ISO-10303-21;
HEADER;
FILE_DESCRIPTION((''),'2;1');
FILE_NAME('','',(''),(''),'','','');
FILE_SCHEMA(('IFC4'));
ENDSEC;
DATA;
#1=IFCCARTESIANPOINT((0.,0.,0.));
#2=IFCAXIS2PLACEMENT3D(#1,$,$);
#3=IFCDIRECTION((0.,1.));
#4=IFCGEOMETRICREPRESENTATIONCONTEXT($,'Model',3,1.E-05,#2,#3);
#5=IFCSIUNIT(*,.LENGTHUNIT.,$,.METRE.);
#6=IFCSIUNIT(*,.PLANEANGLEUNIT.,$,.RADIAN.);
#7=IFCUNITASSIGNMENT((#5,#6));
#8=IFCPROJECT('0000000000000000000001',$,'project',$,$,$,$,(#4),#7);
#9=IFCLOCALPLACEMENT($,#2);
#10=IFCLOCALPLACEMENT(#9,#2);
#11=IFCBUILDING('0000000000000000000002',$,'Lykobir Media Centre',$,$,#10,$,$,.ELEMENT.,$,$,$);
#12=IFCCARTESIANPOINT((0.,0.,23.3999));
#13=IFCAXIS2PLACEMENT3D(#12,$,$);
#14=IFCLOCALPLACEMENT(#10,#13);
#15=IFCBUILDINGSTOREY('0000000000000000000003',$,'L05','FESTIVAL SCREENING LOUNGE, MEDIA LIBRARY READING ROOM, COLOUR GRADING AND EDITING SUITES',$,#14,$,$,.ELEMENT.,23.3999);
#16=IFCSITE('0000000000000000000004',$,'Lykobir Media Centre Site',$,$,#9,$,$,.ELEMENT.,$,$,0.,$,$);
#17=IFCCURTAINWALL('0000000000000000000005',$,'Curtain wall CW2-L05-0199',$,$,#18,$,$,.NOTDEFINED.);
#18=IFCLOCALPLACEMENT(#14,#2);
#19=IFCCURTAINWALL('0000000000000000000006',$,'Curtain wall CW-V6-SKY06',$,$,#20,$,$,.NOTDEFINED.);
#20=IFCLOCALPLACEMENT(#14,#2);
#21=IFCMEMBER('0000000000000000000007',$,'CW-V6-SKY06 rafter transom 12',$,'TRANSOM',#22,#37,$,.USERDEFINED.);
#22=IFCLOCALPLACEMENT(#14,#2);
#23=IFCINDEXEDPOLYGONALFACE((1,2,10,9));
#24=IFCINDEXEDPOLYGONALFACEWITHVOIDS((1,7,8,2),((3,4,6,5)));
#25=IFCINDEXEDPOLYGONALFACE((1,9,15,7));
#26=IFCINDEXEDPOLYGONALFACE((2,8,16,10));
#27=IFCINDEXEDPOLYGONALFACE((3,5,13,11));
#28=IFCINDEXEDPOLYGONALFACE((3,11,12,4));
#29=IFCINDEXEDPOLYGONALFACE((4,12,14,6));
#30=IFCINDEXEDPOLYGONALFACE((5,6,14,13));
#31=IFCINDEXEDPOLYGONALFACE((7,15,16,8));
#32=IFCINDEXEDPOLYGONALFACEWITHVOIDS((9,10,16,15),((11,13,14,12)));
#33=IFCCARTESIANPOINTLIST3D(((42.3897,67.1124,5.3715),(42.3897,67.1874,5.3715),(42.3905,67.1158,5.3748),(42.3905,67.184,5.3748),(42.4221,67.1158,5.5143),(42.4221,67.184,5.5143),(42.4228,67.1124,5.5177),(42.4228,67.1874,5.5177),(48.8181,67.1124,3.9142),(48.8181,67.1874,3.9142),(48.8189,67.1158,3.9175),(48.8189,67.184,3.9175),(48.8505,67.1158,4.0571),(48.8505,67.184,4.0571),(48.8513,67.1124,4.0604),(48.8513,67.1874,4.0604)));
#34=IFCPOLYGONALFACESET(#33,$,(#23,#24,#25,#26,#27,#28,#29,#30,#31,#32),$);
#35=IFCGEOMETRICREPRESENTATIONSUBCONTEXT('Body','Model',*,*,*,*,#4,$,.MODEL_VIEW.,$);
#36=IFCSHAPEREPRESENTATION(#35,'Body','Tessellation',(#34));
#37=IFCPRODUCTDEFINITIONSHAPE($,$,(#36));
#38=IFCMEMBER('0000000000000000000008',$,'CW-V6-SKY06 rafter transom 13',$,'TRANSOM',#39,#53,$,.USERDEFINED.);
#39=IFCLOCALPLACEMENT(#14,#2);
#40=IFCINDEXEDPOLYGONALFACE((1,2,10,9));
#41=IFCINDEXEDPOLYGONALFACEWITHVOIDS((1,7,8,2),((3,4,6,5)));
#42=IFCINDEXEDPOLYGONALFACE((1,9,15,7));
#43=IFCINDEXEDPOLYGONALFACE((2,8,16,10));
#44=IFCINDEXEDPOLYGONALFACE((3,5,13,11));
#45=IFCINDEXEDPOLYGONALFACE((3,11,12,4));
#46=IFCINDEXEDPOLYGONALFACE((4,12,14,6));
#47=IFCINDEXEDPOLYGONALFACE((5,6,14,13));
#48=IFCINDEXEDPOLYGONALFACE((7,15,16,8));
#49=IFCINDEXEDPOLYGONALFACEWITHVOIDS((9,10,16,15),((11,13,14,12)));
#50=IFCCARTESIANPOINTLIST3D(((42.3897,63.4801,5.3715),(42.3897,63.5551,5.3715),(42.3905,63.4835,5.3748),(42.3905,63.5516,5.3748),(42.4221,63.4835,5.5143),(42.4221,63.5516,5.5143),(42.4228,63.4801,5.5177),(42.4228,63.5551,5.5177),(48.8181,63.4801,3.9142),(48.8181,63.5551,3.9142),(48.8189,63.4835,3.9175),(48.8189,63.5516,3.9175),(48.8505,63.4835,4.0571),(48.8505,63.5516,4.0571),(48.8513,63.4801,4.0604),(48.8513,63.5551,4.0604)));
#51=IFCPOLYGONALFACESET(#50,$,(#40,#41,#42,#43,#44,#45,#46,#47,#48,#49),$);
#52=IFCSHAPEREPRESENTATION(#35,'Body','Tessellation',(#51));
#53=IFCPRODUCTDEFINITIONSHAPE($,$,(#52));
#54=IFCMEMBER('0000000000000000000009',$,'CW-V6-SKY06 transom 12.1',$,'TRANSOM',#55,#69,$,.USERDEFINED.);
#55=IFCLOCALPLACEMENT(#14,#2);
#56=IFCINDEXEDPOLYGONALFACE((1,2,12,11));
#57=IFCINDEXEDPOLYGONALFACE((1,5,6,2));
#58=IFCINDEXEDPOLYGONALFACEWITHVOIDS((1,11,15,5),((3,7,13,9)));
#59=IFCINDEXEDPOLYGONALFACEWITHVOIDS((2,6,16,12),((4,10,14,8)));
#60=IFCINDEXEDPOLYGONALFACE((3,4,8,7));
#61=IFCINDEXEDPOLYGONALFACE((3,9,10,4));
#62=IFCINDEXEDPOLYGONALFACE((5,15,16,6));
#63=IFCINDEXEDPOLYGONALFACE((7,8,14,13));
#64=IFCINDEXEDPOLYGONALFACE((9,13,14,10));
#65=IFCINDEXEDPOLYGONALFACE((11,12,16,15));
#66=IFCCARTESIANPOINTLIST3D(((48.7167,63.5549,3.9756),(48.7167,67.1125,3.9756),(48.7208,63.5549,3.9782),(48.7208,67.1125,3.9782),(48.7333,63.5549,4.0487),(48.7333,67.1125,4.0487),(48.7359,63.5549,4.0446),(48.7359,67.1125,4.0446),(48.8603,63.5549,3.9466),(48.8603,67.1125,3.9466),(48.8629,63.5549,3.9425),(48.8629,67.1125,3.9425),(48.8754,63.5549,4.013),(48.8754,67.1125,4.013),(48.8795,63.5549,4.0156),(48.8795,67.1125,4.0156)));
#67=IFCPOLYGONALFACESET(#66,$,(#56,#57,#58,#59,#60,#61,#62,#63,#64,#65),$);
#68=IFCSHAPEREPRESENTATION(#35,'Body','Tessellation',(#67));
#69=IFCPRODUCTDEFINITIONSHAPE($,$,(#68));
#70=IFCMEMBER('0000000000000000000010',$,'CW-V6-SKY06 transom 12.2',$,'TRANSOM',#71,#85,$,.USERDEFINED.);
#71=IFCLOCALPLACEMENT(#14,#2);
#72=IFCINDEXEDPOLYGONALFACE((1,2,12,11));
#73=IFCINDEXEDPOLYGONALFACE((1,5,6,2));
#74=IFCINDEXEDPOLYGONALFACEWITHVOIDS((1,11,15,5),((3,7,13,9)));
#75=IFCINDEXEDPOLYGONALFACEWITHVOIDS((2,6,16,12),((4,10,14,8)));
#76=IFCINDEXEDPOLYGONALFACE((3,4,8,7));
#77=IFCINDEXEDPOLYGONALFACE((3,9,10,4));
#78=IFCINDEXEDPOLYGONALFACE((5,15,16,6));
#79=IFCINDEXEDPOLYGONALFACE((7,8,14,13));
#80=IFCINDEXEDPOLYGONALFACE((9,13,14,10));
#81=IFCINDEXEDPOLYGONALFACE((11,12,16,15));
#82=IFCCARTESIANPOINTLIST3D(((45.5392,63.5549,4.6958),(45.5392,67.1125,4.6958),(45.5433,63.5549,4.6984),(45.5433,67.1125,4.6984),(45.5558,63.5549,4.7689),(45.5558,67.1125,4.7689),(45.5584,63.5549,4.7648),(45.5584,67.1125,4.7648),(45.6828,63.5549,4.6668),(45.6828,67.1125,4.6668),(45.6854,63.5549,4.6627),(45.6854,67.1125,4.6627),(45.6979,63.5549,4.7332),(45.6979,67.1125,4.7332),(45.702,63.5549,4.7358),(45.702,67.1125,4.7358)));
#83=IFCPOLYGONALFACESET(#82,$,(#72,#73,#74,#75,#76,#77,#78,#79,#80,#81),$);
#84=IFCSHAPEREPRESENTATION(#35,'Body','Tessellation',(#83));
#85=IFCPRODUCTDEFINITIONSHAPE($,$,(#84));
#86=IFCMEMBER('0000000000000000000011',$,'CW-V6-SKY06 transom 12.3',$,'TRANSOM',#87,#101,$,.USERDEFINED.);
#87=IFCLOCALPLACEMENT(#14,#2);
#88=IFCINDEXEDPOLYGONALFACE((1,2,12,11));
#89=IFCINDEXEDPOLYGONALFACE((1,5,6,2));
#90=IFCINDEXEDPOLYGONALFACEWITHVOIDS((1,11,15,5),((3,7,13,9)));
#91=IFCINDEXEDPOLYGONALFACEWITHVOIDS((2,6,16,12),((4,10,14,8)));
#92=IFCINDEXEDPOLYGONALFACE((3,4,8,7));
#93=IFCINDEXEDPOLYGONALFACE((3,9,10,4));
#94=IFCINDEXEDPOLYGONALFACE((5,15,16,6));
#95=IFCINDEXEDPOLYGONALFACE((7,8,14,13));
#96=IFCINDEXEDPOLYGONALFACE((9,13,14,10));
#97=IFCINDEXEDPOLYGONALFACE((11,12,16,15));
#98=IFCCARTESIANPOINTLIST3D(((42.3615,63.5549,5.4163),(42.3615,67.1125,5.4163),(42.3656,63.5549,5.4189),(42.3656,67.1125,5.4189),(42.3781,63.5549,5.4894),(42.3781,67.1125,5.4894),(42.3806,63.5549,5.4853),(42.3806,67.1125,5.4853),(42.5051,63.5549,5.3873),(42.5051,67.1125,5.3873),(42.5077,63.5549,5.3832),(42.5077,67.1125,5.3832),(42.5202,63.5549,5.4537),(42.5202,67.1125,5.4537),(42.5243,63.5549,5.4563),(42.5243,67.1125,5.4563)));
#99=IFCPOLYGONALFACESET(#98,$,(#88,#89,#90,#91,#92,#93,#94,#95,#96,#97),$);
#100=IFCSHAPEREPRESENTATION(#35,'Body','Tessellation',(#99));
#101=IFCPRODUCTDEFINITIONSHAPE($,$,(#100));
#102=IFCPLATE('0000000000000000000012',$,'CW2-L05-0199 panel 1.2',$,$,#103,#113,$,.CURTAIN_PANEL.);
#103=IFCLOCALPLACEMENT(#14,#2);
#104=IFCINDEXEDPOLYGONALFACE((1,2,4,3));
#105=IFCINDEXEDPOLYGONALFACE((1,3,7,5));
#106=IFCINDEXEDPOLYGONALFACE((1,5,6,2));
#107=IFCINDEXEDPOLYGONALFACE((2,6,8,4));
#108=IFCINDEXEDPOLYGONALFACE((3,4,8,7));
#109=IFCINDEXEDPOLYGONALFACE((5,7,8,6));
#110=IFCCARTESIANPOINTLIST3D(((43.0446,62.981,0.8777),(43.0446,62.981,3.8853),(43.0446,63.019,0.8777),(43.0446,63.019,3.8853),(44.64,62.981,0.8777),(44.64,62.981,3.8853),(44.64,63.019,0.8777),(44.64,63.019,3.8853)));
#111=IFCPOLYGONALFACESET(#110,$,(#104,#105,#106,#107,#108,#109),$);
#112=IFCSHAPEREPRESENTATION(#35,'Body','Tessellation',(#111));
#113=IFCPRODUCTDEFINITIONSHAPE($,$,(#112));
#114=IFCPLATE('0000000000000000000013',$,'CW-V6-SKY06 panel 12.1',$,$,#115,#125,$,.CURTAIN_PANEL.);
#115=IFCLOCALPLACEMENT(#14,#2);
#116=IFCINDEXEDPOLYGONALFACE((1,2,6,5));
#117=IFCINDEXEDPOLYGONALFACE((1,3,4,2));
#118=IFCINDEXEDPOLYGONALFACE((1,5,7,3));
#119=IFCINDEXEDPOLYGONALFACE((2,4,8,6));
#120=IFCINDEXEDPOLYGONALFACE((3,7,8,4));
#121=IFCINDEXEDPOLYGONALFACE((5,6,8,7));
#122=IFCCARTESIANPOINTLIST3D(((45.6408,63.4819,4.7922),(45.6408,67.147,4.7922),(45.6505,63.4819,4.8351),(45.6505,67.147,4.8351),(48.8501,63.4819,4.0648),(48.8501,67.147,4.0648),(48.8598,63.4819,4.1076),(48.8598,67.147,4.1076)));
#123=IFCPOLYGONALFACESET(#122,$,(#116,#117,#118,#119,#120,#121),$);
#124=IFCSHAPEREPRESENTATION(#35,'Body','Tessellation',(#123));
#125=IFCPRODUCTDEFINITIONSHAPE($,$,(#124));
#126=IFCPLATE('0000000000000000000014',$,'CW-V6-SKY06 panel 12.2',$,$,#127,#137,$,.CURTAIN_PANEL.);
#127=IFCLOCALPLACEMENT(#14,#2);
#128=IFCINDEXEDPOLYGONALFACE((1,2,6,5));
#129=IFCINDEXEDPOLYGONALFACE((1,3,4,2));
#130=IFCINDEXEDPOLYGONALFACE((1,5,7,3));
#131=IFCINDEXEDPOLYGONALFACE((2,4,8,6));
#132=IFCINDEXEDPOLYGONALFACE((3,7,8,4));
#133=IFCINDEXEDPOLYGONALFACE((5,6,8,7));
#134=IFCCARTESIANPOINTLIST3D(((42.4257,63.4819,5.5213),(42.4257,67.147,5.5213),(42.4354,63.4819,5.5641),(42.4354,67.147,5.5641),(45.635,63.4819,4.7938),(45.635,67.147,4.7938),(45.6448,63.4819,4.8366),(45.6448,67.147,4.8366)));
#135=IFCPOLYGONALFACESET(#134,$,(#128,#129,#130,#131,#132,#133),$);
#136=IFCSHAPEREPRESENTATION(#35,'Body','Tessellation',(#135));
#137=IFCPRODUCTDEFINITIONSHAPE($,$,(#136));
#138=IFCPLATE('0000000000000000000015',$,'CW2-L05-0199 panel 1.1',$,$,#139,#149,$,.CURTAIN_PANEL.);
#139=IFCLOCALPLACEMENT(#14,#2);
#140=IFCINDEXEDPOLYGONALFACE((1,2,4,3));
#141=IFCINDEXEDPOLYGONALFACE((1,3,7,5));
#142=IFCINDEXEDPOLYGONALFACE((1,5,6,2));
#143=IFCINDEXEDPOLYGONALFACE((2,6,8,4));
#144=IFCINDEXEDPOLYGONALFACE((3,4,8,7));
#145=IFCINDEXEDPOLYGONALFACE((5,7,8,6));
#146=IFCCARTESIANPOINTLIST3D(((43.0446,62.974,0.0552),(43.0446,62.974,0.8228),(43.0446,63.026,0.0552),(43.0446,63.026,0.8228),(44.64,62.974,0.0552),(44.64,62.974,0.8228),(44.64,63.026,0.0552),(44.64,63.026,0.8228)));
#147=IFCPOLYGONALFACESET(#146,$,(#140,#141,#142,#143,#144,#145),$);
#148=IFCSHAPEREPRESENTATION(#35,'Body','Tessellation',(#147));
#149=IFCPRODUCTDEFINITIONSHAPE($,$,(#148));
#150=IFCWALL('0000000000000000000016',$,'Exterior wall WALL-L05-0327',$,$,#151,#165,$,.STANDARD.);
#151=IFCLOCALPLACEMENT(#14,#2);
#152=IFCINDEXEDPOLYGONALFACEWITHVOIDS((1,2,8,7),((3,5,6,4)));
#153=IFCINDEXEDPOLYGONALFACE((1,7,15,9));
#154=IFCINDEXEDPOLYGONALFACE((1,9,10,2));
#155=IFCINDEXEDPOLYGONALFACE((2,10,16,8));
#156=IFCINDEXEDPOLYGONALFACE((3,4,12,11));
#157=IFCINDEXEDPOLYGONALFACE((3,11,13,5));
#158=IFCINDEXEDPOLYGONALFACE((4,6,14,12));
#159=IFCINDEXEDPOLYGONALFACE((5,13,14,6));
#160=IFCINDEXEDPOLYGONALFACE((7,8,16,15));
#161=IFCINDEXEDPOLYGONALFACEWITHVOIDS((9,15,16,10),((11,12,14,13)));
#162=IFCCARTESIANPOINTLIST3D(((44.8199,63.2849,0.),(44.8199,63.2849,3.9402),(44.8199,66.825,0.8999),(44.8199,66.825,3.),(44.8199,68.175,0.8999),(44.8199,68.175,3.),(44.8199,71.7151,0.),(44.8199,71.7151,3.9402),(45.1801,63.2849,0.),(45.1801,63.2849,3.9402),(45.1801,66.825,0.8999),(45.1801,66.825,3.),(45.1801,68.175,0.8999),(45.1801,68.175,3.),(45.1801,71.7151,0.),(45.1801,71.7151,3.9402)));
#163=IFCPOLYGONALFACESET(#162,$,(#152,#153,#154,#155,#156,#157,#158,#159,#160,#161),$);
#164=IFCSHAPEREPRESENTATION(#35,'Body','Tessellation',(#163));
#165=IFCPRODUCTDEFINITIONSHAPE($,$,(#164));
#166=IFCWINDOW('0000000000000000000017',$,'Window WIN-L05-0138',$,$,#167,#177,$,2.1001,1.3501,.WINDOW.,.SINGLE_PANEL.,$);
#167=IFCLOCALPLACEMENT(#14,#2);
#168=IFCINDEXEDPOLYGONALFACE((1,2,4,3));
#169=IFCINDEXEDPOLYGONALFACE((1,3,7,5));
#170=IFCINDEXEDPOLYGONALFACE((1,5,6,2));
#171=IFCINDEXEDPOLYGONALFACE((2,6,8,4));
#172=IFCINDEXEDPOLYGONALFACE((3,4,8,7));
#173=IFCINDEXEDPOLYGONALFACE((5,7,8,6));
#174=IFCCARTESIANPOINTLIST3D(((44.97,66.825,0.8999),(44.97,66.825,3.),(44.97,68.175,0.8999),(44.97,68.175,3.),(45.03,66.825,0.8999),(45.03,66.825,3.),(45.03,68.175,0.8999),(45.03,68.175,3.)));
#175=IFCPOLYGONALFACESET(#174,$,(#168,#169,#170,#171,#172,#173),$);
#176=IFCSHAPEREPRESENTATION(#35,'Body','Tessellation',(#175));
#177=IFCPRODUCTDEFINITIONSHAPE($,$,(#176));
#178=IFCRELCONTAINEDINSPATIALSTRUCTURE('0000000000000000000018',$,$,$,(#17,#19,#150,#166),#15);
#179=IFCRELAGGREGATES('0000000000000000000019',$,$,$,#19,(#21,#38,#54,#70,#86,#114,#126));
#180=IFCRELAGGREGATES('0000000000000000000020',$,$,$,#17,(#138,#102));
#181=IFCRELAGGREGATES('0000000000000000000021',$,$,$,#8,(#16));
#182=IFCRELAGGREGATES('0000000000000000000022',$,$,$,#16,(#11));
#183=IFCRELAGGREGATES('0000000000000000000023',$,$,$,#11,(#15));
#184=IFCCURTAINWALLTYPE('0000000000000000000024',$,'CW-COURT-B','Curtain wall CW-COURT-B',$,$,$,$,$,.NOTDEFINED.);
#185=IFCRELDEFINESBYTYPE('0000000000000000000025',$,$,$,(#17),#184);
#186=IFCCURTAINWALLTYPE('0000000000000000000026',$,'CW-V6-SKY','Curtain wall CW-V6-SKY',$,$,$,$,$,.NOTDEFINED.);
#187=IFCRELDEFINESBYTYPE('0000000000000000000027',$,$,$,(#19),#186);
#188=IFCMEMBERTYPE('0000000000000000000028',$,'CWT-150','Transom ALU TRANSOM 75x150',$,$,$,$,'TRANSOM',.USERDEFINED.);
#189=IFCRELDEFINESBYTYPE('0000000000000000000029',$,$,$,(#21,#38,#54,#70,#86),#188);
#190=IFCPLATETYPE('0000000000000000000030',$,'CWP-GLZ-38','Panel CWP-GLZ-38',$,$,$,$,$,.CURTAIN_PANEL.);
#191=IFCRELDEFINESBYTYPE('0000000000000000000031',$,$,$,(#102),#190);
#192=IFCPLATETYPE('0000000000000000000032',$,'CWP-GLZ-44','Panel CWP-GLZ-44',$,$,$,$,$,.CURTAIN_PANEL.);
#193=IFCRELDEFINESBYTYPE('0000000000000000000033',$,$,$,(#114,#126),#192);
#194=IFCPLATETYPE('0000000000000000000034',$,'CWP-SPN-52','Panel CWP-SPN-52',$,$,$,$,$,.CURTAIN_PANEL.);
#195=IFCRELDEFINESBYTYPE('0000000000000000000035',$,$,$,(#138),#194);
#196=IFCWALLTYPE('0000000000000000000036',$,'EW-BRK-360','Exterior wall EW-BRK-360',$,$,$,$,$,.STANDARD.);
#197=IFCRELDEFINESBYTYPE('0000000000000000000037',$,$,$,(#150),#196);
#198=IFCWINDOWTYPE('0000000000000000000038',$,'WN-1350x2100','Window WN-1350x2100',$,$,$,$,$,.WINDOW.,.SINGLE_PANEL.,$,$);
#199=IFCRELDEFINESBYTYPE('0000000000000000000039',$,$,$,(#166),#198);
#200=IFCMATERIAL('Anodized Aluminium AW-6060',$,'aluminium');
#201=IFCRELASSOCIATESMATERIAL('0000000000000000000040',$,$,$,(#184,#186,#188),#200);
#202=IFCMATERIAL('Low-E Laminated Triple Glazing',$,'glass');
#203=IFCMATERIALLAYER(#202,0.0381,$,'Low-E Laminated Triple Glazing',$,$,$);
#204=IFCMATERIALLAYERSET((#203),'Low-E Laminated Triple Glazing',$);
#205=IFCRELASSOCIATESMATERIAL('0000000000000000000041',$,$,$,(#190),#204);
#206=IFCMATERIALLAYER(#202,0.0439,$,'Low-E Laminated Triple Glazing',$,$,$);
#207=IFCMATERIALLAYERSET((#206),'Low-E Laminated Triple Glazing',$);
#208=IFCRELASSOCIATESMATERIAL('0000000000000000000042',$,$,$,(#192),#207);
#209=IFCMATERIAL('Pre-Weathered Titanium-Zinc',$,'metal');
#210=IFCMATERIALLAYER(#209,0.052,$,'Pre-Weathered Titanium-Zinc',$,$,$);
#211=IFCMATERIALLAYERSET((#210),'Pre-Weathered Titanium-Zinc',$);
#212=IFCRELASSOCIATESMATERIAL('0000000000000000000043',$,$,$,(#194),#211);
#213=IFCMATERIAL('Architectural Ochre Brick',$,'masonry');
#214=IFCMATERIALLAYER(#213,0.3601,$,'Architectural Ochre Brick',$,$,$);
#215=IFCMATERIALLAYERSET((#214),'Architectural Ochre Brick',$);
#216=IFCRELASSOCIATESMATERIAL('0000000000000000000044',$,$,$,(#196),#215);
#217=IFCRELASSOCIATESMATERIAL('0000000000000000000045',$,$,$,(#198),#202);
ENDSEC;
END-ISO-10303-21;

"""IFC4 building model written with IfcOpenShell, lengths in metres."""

from ifc_helpers import new_model, si_unit, direction, frame, frame_2d, origin, origin_2d, place, context, subcontext, project, spatial, rectangle, hollow_rectangle, extrude, material, layer, layer_set, material_profile, profile_set, type_object, element, fill, aggregate, save


model = new_model("IFC4")

# Units and contexts
model_context = context("Model", 3, precision=1e-05, world=origin(), true_north=direction((0.0, 1.0)))
body_context = subcontext(model_context, "Body", "Model", "MODEL_VIEW")
ifc_project = project(units=[si_unit("LENGTHUNIT", "METRE"), si_unit("PLANEANGLEUNIT", "RADIAN")], contexts=[model_context])

# Site, building, storey
site_placement = place(None, origin())
site = spatial("IfcSite", under=ifc_project, at=site_placement, Name="Lykobir Media Centre Site", CompositionType="ELEMENT", RefElevation=0.0)
building_placement = place(site_placement, origin())
building = spatial("IfcBuilding", under=site, at=building_placement, Name="Lykobir Media Centre", CompositionType="ELEMENT")
storey_placement = place(building_placement, frame((0.0, 0.0, 23.3999)))
storey = spatial("IfcBuildingStorey", under=building, at=storey_placement, Name="L05", Description="FESTIVAL SCREENING LOUNGE, MEDIA LIBRARY READING ROOM, COLOUR GRADING AND EDITING SUITES", CompositionType="ELEMENT", Elevation=23.3999)

# Curtain walls, members
ifc_material_1 = material(Name="Anodized Aluminium AW-6060", Category="aluminium")
curtain_wall_type_1 = type_object("IfcCurtainWallType", Name="CW-COURT-B", Description="Curtain wall CW-COURT-B", PredefinedType="NOTDEFINED", material=ifc_material_1)
curtain_wall_1_placement = place(storey_placement, origin())
curtain_wall_1 = element("IfcCurtainWall", 1, at=curtain_wall_1_placement, inside=storey, type_object=curtain_wall_type_1, Name="Curtain wall CW2-L05-0199", PredefinedType="NOTDEFINED")
curtain_wall_type_2 = type_object("IfcCurtainWallType", Name="CW-V6-SKY", Description="Curtain wall CW-V6-SKY", PredefinedType="NOTDEFINED", material=ifc_material_1)
curtain_wall_2_placement = place(storey_placement, origin())
curtain_wall_2 = element("IfcCurtainWall", 2, at=curtain_wall_2_placement, inside=storey, type_object=curtain_wall_type_2, Name="Curtain wall CW-V6-SKY06", PredefinedType="NOTDEFINED")
ifc_material_profile_1 = material_profile(ifc_material_1, hollow_rectangle(XDim=0.075, YDim=0.1499, WallThickness=0.0034, at=origin_2d()), Name="ALU TRANSOM 75x150")
ifc_profile_set_1 = profile_set([ifc_material_profile_1], Name="Anodized Aluminium AW-6060")
member_type_1 = type_object("IfcMemberType", Name="CWT-150", Description="Transom ALU TRANSOM 75x150", ElementType="TRANSOM", PredefinedType="USERDEFINED", material=ifc_profile_set_1)
member_1_placement = place(storey_placement, frame((48.8347, 67.1499, 3.9873), z_axis=(-0.975255, 0.0, 0.221082), x_axis=(0.0, -1.0, 0.0)))
member_1 = element("IfcMember", 3, at=member_1_placement, type_object=member_type_1, Name="CW-V6-SKY06 rafter transom 12", ObjectType="TRANSOM", PredefinedType="USERDEFINED", context=body_context, shape_type="SweptSolid", body=[
    extrude(hollow_rectangle(XDim=0.075, YDim=0.1499, WallThickness=0.0034, at=origin_2d()), origin(), (0.0, 0.0, 1.0), 6.5916),
])
member_2_placement = place(storey_placement, frame((48.8347, 63.5176, 3.9873), z_axis=(-0.975255, 0.0, 0.221082), x_axis=(0.0, -1.0, 0.0)))
member_2 = element("IfcMember", 4, at=member_2_placement, type_object=member_type_1, Name="CW-V6-SKY06 rafter transom 13", ObjectType="TRANSOM", PredefinedType="USERDEFINED", context=body_context, shape_type="SweptSolid", body=[
    extrude(hollow_rectangle(XDim=0.075, YDim=0.1499, WallThickness=0.0034, at=origin_2d()), origin(), (0.0, 0.0, 1.0), 6.5916),
])
member_3_placement = place(storey_placement, frame((48.7981, 67.1125, 3.9956), z_axis=(0.0, -1.0, 0.0), x_axis=(0.221072, 0.0, 0.975258)))
member_3 = element("IfcMember", 5, at=member_3_placement, type_object=member_type_1, Name="CW-V6-SKY06 transom 12.1", ObjectType="TRANSOM", PredefinedType="USERDEFINED", context=body_context, shape_type="SweptSolid", body=[
    extrude(hollow_rectangle(XDim=0.075, YDim=0.1499, WallThickness=0.0034, at=origin_2d()), origin(), (0.0, 0.0, 1.0), 3.5576),
])
member_4_placement = place(storey_placement, frame((45.6206, 67.1125, 4.7158), z_axis=(0.0, -1.0, 0.0), x_axis=(0.221072, 0.0, 0.975258)))
member_4 = element("IfcMember", 6, at=member_4_placement, type_object=member_type_1, Name="CW-V6-SKY06 transom 12.2", ObjectType="TRANSOM", PredefinedType="USERDEFINED", context=body_context, shape_type="SweptSolid", body=[
    extrude(hollow_rectangle(XDim=0.075, YDim=0.1499, WallThickness=0.0034, at=origin_2d()), origin(), (0.0, 0.0, 1.0), 3.5576),
])
member_5_placement = place(storey_placement, frame((42.4429, 67.1125, 5.4363), z_axis=(0.0, -1.0, 0.0), x_axis=(0.221072, 0.0, 0.975258)))
member_5 = element("IfcMember", 7, at=member_5_placement, type_object=member_type_1, Name="CW-V6-SKY06 transom 12.3", ObjectType="TRANSOM", PredefinedType="USERDEFINED", context=body_context, shape_type="SweptSolid", body=[
    extrude(hollow_rectangle(XDim=0.075, YDim=0.1499, WallThickness=0.0034, at=origin_2d()), origin(), (0.0, 0.0, 1.0), 3.5576),
])

# Plates
ifc_material_2 = material(Name="Low-E Laminated Triple Glazing", Category="glass")
ifc_layer_1 = layer(ifc_material_2, 0.0381, Name="Low-E Laminated Triple Glazing")
ifc_layer_set_1 = layer_set([ifc_layer_1], Name="Low-E Laminated Triple Glazing")
plate_type_1 = type_object("IfcPlateType", Name="CWP-GLZ-38", Description="Panel CWP-GLZ-38", PredefinedType="CURTAIN_PANEL", material=ifc_layer_set_1)
plate_1_placement = place(storey_placement, frame((43.8423, 63.0, 0.8777), z_axis=(0.0, 0.0, 1.0), x_axis=(-1.0, 0.0, 0.0)))
plate_1 = element("IfcPlate", 8, at=plate_1_placement, type_object=plate_type_1, Name="CW2-L05-0199 panel 1.2", PredefinedType="CURTAIN_PANEL", context=body_context, shape_type="SweptSolid", body=[
    extrude(rectangle(XDim=1.5955, YDim=0.0381, at=origin_2d()), origin(), (0.0, 0.0, 1.0), 3.0076),
])
ifc_layer_2 = layer(ifc_material_2, 0.0439, Name="Low-E Laminated Triple Glazing")
ifc_layer_set_2 = layer_set([ifc_layer_2], Name="Low-E Laminated Triple Glazing")
plate_type_2 = type_object("IfcPlateType", Name="CWP-GLZ-44", Description="Panel CWP-GLZ-44", PredefinedType="CURTAIN_PANEL", material=ifc_layer_set_2)
plate_2_placement = place(storey_placement, frame((48.855, 65.3145, 4.0862), z_axis=(-0.975258, 0.0, 0.221072), x_axis=(0.0, -1.0, 0.0)))
plate_2 = element("IfcPlate", 9, at=plate_2_placement, type_object=plate_type_2, Name="CW-V6-SKY06 panel 12.1", PredefinedType="CURTAIN_PANEL", context=body_context, shape_type="SweptSolid", body=[
    extrude(rectangle(XDim=3.665, YDim=0.0439, at=origin_2d()), origin(), (0.0, 0.0, 1.0), 3.2908),
])
plate_3_placement = place(storey_placement, frame((45.6399, 65.3145, 4.8152), z_axis=(-0.975258, 0.0, 0.221072), x_axis=(0.0, -1.0, 0.0)))
plate_3 = element("IfcPlate", 10, at=plate_3_placement, type_object=plate_type_2, Name="CW-V6-SKY06 panel 12.2", PredefinedType="CURTAIN_PANEL", context=body_context, shape_type="SweptSolid", body=[
    extrude(rectangle(XDim=3.665, YDim=0.0439, at=origin_2d()), origin(), (0.0, 0.0, 1.0), 3.2908),
])
aggregate(curtain_wall_2, [member_1, member_2, member_3, member_4, member_5, plate_2, plate_3])
ifc_material_3 = material(Name="Pre-Weathered Titanium-Zinc", Category="metal")
ifc_layer_3 = layer(ifc_material_3, 0.052, Name="Pre-Weathered Titanium-Zinc")
ifc_layer_set_3 = layer_set([ifc_layer_3], Name="Pre-Weathered Titanium-Zinc")
plate_type_3 = type_object("IfcPlateType", Name="CWP-SPN-52", Description="Panel CWP-SPN-52", PredefinedType="CURTAIN_PANEL", material=ifc_layer_set_3)
plate_4_placement = place(storey_placement, frame((43.8423, 63.0, 0.0552), z_axis=(0.0, 0.0, 1.0), x_axis=(-1.0, 0.0, 0.0)))
plate_4 = element("IfcPlate", 11, at=plate_4_placement, type_object=plate_type_3, Name="CW2-L05-0199 panel 1.1", PredefinedType="CURTAIN_PANEL", context=body_context, shape_type="SweptSolid", body=[
    extrude(rectangle(XDim=1.5955, YDim=0.052, at=origin_2d()), origin(), (0.0, 0.0, 1.0), 0.7676),
])
aggregate(curtain_wall_1, [plate_4, plate_1])

# Wall, opening, window
ifc_material_4 = material(Name="Architectural Ochre Brick", Category="masonry")
ifc_layer_4 = layer(ifc_material_4, 0.3601, Name="Architectural Ochre Brick")
ifc_layer_set_4 = layer_set([ifc_layer_4], Name="Architectural Ochre Brick")
wall_type_1 = type_object("IfcWallType", Name="EW-BRK-360", Description="Exterior wall EW-BRK-360", PredefinedType="STANDARD", material=ifc_layer_set_4)
wall_1_placement = place(storey_placement, frame((45.0, 63.2849, 0.0), z_axis=(0.0, 0.0, 1.0), x_axis=(0.0, 1.0, 0.0)))
wall_1 = element("IfcWall", 12, at=wall_1_placement, inside=storey, type_object=wall_type_1, Name="Exterior wall WALL-L05-0327", PredefinedType="STANDARD", context=body_context, shape_type="SweptSolid", body=[
    extrude(rectangle(XDim=8.4302, YDim=0.3601, at=frame_2d((4.2151, 0.0))), origin(), (0.0, 0.0, 1.0), 3.9402),
])
opening_placement = place(wall_1_placement, frame((3.54, 0.0, 0.8999)))
opening = element("IfcOpeningElement", 13, at=opening_placement, cuts=wall_1, PredefinedType="OPENING", context=body_context, shape_type="SweptSolid", body=[
    extrude(rectangle(XDim=1.3501, YDim=2.1001, at=frame_2d((0.675, 1.05))), frame((0.0, 0.1899, 0.0), z_axis=(0.0, -1.0, 0.0), x_axis=(1.0, 0.0, 0.0)), (0.0, 0.0, 1.0), 0.3801),
])
window_type = type_object("IfcWindowType", Name="WN-1350x2100", Description="Window WN-1350x2100", PartitioningType="SINGLE_PANEL", PredefinedType="WINDOW", material=ifc_material_2)
window_placement = place(opening_placement, origin())
window = element("IfcWindow", 14, at=window_placement, inside=storey, type_object=window_type, Name="Window WIN-L05-0138", OverallHeight=2.1001, OverallWidth=1.3501, PartitioningType="SINGLE_PANEL", PredefinedType="WINDOW", context=body_context, shape_type="SweptSolid", body=[
    extrude(rectangle(XDim=1.3501, YDim=2.1001, at=frame_2d((0.675, 1.05))), frame((0.0, 0.03, 0.0), z_axis=(0.0, -1.0, 0.0), x_axis=(1.0, 0.0, 0.0)), (0.0, 0.0, 1.0), 0.0601),
])
fill(opening, window)

save(model, "model.ifc")
